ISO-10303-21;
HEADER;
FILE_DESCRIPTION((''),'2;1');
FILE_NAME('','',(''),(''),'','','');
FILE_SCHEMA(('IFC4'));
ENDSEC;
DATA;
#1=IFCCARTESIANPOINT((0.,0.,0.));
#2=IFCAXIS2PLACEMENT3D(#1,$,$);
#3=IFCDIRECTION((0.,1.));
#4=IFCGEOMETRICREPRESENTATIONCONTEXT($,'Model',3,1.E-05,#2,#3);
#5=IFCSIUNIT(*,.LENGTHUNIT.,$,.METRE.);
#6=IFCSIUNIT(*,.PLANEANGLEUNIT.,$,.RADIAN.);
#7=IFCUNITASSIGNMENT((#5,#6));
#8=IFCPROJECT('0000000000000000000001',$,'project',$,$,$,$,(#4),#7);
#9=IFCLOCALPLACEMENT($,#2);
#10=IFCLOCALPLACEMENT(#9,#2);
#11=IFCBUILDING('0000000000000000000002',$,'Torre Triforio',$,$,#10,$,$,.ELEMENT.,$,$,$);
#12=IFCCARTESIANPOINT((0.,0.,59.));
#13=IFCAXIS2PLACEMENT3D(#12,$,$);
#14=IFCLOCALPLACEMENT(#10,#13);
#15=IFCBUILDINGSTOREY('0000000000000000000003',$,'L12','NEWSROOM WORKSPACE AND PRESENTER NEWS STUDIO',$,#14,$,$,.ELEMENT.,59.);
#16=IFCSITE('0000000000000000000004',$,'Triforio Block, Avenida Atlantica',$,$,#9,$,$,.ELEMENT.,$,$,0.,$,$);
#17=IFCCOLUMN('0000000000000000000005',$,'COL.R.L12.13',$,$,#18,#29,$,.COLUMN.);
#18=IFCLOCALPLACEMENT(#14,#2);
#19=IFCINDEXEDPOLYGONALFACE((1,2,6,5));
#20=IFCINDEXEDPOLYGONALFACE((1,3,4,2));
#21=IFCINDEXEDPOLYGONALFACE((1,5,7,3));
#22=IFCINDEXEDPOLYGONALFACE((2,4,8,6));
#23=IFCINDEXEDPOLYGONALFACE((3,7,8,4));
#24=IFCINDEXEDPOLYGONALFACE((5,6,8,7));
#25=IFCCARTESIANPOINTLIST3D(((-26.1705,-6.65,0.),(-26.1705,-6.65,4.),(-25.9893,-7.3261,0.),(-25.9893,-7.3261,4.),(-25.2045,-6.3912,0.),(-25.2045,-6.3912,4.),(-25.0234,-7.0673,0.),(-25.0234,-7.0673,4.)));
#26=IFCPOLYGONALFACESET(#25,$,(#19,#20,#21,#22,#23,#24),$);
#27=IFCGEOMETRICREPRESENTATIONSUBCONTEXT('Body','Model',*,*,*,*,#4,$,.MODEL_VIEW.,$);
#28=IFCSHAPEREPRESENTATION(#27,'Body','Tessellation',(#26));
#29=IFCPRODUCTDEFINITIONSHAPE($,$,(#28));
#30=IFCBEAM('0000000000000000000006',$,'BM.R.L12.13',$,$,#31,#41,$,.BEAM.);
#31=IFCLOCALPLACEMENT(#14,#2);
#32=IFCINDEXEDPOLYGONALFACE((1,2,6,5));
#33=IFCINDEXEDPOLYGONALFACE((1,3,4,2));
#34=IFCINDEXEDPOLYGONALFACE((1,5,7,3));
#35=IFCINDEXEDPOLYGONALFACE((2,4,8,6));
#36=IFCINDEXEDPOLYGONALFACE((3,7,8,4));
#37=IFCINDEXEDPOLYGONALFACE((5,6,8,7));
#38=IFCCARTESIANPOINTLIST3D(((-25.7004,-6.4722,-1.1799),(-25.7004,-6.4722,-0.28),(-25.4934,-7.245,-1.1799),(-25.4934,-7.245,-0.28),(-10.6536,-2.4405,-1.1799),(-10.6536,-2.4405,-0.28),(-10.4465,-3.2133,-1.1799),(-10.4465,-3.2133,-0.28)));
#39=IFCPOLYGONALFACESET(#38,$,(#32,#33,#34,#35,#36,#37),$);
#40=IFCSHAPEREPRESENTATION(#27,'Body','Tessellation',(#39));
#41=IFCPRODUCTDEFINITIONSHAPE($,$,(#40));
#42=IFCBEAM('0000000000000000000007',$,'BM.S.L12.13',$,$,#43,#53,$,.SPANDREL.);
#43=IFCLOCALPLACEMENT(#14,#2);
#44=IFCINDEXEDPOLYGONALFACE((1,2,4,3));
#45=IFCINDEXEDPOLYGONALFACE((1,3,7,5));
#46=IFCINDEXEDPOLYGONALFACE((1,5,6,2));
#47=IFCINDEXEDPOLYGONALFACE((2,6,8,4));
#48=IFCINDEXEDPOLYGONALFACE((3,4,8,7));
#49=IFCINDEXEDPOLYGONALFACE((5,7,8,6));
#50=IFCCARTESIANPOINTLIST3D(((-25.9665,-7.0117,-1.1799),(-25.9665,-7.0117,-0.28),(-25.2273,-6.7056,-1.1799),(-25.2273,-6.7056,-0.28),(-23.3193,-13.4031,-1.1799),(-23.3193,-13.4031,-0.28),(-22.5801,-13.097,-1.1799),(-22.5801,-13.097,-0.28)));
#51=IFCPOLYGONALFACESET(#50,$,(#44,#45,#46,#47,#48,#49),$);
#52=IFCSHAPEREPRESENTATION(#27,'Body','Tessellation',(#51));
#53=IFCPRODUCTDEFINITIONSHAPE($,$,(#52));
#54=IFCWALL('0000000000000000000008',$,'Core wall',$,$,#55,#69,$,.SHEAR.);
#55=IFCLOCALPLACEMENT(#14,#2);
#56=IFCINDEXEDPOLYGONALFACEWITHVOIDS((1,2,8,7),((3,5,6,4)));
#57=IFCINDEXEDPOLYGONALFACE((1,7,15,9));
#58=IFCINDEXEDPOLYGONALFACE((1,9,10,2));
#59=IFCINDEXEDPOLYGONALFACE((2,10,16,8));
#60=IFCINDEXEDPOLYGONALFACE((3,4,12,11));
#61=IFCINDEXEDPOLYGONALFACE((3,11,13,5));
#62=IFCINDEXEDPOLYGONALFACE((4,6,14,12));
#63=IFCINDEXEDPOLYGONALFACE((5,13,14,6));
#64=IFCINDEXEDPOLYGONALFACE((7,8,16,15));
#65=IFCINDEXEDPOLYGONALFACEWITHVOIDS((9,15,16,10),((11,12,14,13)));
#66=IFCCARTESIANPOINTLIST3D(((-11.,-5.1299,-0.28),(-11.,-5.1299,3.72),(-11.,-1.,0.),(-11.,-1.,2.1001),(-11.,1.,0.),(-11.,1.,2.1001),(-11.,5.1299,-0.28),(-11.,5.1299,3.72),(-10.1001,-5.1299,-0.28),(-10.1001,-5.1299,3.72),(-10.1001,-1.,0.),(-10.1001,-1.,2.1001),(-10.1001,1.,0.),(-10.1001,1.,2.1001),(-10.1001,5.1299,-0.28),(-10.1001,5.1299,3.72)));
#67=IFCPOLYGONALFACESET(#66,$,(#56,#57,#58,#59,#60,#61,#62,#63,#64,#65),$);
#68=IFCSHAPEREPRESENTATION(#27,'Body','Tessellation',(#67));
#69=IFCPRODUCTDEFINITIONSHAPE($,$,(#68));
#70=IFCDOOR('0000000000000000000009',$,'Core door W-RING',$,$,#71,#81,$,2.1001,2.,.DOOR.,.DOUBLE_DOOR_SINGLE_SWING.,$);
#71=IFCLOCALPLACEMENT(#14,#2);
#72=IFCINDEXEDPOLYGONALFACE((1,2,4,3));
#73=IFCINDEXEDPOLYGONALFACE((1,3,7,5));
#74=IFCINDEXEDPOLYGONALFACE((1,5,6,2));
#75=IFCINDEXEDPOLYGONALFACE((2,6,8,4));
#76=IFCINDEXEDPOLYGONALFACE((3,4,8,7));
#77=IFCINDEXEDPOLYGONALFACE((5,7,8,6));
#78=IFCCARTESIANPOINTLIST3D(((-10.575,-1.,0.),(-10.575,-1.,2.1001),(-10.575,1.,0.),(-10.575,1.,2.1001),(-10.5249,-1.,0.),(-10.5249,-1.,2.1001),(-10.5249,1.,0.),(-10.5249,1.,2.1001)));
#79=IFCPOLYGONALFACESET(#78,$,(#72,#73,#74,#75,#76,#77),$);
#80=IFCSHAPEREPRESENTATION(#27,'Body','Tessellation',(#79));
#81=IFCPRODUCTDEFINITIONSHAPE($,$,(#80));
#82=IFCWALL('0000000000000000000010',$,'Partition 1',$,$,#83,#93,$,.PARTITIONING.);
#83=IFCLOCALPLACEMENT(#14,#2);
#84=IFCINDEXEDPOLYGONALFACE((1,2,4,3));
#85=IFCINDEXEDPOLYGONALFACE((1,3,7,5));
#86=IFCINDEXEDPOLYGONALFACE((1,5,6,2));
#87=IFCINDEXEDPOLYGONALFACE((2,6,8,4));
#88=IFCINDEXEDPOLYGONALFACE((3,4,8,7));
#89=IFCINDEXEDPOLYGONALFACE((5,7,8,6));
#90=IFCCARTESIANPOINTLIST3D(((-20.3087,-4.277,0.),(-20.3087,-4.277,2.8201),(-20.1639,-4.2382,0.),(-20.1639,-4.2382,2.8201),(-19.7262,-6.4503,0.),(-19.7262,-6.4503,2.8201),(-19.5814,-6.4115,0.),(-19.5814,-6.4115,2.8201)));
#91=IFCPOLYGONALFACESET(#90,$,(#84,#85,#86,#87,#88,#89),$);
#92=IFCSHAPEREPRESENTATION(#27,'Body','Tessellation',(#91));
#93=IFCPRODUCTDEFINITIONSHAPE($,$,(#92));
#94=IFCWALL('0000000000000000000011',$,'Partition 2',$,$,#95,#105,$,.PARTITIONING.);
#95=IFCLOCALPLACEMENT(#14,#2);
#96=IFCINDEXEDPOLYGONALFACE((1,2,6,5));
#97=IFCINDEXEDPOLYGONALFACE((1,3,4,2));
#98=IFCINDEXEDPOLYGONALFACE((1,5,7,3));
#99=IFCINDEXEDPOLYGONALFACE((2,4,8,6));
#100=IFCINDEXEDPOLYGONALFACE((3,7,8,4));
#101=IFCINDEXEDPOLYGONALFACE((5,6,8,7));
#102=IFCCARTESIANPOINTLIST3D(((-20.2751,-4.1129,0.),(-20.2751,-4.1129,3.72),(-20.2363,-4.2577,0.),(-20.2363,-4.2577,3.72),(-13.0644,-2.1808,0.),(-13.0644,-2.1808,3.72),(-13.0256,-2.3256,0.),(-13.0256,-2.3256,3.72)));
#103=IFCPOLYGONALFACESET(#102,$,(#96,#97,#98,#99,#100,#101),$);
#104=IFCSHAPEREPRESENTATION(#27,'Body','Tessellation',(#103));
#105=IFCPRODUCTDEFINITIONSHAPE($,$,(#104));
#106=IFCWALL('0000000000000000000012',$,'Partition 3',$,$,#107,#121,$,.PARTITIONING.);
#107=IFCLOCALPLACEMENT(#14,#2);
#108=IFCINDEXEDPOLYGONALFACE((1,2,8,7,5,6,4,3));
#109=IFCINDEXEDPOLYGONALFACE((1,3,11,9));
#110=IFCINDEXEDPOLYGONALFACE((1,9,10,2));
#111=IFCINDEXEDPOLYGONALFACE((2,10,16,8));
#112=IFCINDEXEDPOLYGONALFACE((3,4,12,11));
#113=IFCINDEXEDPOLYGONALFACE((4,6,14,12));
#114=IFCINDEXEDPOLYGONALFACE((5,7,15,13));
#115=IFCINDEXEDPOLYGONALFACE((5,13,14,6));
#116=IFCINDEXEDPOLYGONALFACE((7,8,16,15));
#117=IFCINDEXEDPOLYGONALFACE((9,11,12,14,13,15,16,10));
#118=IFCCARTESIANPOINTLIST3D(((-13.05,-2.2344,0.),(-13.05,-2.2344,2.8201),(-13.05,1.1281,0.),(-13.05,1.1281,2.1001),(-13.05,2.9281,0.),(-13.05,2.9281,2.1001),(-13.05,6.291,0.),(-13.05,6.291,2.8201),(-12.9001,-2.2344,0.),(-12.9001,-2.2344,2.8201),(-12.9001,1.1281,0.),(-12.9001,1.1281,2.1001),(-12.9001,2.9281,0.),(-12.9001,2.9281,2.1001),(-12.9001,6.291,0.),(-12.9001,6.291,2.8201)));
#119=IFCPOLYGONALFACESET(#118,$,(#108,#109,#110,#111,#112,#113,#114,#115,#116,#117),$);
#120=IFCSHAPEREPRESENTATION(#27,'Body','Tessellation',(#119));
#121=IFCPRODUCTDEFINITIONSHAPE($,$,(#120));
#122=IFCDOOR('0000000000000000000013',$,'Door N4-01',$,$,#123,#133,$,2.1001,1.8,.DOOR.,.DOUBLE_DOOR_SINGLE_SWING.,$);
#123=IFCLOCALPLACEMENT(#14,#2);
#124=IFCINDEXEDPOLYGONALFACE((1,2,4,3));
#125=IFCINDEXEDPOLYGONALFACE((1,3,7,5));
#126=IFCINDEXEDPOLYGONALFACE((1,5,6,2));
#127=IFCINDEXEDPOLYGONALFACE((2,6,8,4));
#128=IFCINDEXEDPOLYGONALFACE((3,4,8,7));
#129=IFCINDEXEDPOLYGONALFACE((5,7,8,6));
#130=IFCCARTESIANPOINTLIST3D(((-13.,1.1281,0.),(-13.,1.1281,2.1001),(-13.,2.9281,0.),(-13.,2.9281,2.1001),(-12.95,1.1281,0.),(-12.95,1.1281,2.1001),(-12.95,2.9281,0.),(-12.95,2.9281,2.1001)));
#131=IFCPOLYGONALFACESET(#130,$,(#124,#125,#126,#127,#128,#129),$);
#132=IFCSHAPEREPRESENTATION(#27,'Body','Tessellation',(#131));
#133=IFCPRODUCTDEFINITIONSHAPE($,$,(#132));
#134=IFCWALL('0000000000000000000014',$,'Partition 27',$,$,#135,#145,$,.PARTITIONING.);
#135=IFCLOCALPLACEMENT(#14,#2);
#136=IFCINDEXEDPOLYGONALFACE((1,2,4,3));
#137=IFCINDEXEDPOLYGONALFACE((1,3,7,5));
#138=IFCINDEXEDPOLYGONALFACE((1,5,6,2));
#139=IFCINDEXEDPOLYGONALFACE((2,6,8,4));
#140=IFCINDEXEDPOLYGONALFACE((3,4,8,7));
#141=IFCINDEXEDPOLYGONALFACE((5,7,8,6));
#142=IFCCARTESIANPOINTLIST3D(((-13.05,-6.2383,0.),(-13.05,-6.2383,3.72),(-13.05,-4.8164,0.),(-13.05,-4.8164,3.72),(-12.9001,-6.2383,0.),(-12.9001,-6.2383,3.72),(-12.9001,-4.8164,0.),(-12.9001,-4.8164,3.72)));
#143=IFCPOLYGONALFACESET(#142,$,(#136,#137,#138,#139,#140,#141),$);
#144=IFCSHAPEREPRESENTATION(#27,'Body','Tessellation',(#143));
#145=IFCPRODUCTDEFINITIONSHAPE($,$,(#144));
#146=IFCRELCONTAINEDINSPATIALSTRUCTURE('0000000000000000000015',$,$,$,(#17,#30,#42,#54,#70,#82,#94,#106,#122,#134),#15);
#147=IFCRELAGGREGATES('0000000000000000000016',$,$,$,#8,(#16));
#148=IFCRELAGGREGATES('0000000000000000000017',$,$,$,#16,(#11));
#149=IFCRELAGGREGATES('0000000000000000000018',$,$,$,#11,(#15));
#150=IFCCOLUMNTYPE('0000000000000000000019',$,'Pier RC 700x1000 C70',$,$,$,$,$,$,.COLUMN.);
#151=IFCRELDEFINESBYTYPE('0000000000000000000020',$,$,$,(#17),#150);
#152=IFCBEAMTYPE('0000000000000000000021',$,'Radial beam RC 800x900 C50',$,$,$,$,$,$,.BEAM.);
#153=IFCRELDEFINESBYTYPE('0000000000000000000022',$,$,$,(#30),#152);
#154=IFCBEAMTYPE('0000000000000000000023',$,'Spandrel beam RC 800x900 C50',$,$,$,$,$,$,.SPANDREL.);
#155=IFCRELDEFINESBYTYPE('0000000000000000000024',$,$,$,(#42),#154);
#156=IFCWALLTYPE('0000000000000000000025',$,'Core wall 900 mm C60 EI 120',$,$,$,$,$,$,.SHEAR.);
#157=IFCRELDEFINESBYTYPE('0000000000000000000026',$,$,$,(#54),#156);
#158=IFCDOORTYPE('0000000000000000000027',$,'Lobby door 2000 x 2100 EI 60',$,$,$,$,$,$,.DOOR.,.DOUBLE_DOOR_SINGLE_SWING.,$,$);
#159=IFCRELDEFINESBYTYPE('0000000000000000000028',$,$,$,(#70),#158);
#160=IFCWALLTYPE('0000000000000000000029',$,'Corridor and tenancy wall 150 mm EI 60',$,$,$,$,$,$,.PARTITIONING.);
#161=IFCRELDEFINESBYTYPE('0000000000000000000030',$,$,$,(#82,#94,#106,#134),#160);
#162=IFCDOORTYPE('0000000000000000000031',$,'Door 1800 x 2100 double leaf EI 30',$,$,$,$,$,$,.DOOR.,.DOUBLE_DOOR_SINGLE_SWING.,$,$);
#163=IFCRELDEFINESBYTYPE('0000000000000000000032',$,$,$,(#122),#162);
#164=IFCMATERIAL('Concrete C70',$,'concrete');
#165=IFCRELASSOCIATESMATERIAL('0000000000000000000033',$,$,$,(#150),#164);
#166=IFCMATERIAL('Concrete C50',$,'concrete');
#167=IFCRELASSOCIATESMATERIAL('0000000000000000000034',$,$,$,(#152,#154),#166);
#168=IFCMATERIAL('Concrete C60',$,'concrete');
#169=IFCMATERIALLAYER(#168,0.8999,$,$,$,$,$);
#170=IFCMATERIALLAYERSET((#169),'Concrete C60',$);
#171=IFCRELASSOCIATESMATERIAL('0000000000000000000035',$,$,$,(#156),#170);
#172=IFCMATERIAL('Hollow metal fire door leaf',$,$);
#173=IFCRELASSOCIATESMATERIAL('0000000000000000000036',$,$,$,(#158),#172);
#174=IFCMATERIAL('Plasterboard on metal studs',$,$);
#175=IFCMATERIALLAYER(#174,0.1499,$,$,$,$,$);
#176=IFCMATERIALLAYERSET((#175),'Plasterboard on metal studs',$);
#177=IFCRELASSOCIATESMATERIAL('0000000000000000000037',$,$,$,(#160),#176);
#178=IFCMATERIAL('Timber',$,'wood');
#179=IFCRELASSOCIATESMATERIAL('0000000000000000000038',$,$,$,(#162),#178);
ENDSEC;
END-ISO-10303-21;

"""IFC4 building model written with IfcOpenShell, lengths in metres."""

from ifc_helpers import new_model, si_unit, direction, frame, frame_2d, origin, origin_2d, place, context, subcontext, project, spatial, rectangle, extrude, material, layer, layer_set, material_profile, profile_set, type_object, element, fill, save


model = new_model("IFC4")

# Units and contexts
model_context = context("Model", 3, precision=1e-05, world=origin(), true_north=direction((0.0, 1.0)))
body_context = subcontext(model_context, "Body", "Model", "MODEL_VIEW")
ifc_project = project(units=[si_unit("LENGTHUNIT", "METRE"), si_unit("PLANEANGLEUNIT", "RADIAN")], contexts=[model_context])

# Site, building, storey
site_placement = place(None, origin())
site = spatial("IfcSite", under=ifc_project, at=site_placement, Name="Triforio Block, Avenida Atlantica", CompositionType="ELEMENT", RefElevation=0.0)
building_placement = place(site_placement, origin())
building = spatial("IfcBuilding", under=site, at=building_placement, Name="Torre Triforio", CompositionType="ELEMENT")
storey_placement = place(building_placement, frame((0.0, 0.0, 59.0)))
storey = spatial("IfcBuildingStorey", under=building, at=storey_placement, Name="L12", Description="NEWSROOM WORKSPACE AND PRESENTER NEWS STUDIO", CompositionType="ELEMENT", Elevation=59.0)

# Column
ifc_material_1 = material(Name="Concrete C70", Category="concrete")
ifc_material_profile_1 = material_profile(ifc_material_1, rectangle(XDim=0.7, YDim=1.0, at=origin_2d()), Name="RC 700x1000")
ifc_profile_set_1 = profile_set([ifc_material_profile_1], Name="Concrete C70")
column_type = type_object("IfcColumnType", Name="Pier RC 700x1000 C70", PredefinedType="COLUMN", material=ifc_profile_set_1)
column_placement = place(storey_placement, frame((-25.5969, -6.8586, 0.0), z_axis=(0.0, 0.0, 1.0), x_axis=(0.258819, -0.965926, 0.0)))
element("IfcColumn", 1, at=column_placement, inside=storey, type_object=column_type, Name="COL.R.L12.13", PredefinedType="COLUMN", context=body_context, shape_type="SweptSolid", body=[
    extrude(rectangle(XDim=0.7, YDim=1.0, at=origin_2d()), origin(), (0.0, 0.0, 1.0), 4.0),
])

# Beams
ifc_material_2 = material(Name="Concrete C50", Category="concrete")
ifc_material_profile_2 = material_profile(ifc_material_2, rectangle(XDim=0.8, YDim=0.8999, at=origin_2d()), Name="RC 800x900")
ifc_profile_set_2 = profile_set([ifc_material_profile_2], Name="Concrete C50")
beam_type_1 = type_object("IfcBeamType", Name="Radial beam RC 800x900 C50", PredefinedType="BEAM", material=ifc_profile_set_2)
beam_1_placement = place(storey_placement, frame((-10.55, -2.8269, -0.73), z_axis=(-0.965927, -0.258815, 0.0), x_axis=(0.258815, -0.965927, 0.0)))
element("IfcBeam", 2, at=beam_1_placement, inside=storey, type_object=beam_type_1, Name="BM.R.L12.13", PredefinedType="BEAM", context=body_context, shape_type="SweptSolid", body=[
    extrude(rectangle(XDim=0.8, YDim=0.8999, at=origin_2d()), origin(), (0.0, 0.0, 1.0), 15.5776),
])
ifc_material_profile_3 = material_profile(ifc_material_2, rectangle(XDim=0.8, YDim=0.8999, at=origin_2d()), Name="RC 800x900")
ifc_profile_set_3 = profile_set([ifc_material_profile_3], Name="Concrete C50")
beam_type_2 = type_object("IfcBeamType", Name="Spandrel beam RC 800x900 C50", PredefinedType="SPANDREL", material=ifc_profile_set_3)
beam_2_placement = place(storey_placement, frame((-25.5969, -6.8586, -0.73), z_axis=(0.382662, -0.923888, 0.0), x_axis=(0.923888, 0.382662, 0.0)))
element("IfcBeam", 3, at=beam_2_placement, inside=storey, type_object=beam_type_2, Name="BM.S.L12.13", PredefinedType="SPANDREL", context=body_context, shape_type="SweptSolid", body=[
    extrude(rectangle(XDim=0.8, YDim=0.8999, at=origin_2d()), origin(), (0.0, 0.0, 1.0), 6.918),
])

# Wall, opening, door
ifc_material_3 = material(Name="Concrete C60", Category="concrete")
ifc_layer_1 = layer(ifc_material_3, 0.8999)
ifc_layer_set_1 = layer_set([ifc_layer_1], Name="Concrete C60")
wall_type_1 = type_object("IfcWallType", Name="Core wall 900 mm C60 EI 120", PredefinedType="SHEAR", material=ifc_layer_set_1)
wall_1_placement = place(storey_placement, frame((-10.55, -5.1299, -0.28), z_axis=(0.0, 0.0, 1.0), x_axis=(0.0, 1.0, 0.0)))
wall_1 = element("IfcWall", 4, at=wall_1_placement, inside=storey, type_object=wall_type_1, Name="Core wall", PredefinedType="SHEAR", context=body_context, shape_type="SweptSolid", body=[
    extrude(rectangle(XDim=10.2598, YDim=0.8999, at=frame_2d((5.1299, 0.0))), origin(), (0.0, 0.0, 1.0), 4.0),
])
opening_1_placement = place(wall_1_placement, frame((4.1299, 0.0, 0.28)))
opening_1 = element("IfcOpeningElement", 5, at=opening_1_placement, cuts=wall_1, PredefinedType="OPENING", context=body_context, shape_type="SweptSolid", body=[
    extrude(rectangle(XDim=2.0, YDim=2.1001, at=frame_2d((1.0, 1.05))), frame((0.0, 0.46, 0.0), z_axis=(0.0, -1.0, 0.0), x_axis=(1.0, 0.0, 0.0)), (0.0, 0.0, 1.0), 0.9199),
])
ifc_material_4 = material(Name="Hollow metal fire door leaf")
door_type_1 = type_object("IfcDoorType", Name="Lobby door 2000 x 2100 EI 60", OperationType="DOUBLE_DOOR_SINGLE_SWING", PredefinedType="DOOR", material=ifc_material_4)
door_1_placement = place(opening_1_placement, origin())
door_1 = element("IfcDoor", 6, at=door_1_placement, inside=storey, type_object=door_type_1, Name="Core door W-RING", OperationType="DOUBLE_DOOR_SINGLE_SWING", OverallHeight=2.1001, OverallWidth=2.0, PredefinedType="DOOR", context=body_context, shape_type="SweptSolid", body=[
    extrude(rectangle(XDim=2.0, YDim=2.1001, at=frame_2d((1.0, 1.05))), frame((0.0, 0.0249, 0.0), z_axis=(0.0, -1.0, 0.0), x_axis=(1.0, 0.0, 0.0)), (0.0, 0.0, 1.0), 0.05),
])
fill(opening_1, door_1)

# Walls
ifc_material_5 = material(Name="Plasterboard on metal studs")
ifc_layer_2 = layer(ifc_material_5, 0.1499)
ifc_layer_set_2 = layer_set([ifc_layer_2], Name="Plasterboard on metal studs")
wall_type_2 = type_object("IfcWallType", Name="Corridor and tenancy wall 150 mm EI 60", PredefinedType="PARTITIONING", material=ifc_layer_set_2)
wall_2_placement = place(storey_placement, frame((-19.6538, -6.4309, 0.0), z_axis=(0.0, 0.0, 1.0), x_axis=(-0.258892, 0.965906, 0.0)))
element("IfcWall", 7, at=wall_2_placement, inside=storey, type_object=wall_type_2, Name="Partition 1", PredefinedType="PARTITIONING", context=body_context, shape_type="SweptSolid", body=[
    extrude(rectangle(XDim=2.25, YDim=0.1499, at=frame_2d((1.125, 0.0))), origin(), (0.0, 0.0, 1.0), 2.8201),
])
wall_3_placement = place(storey_placement, frame((-20.2556, -4.1853, 0.0), z_axis=(0.0, 0.0, 1.0), x_axis=(0.965925, 0.258823, 0.0)))
element("IfcWall", 8, at=wall_3_placement, inside=storey, type_object=wall_type_2, Name="Partition 2", PredefinedType="PARTITIONING", context=body_context, shape_type="SweptSolid", body=[
    extrude(rectangle(XDim=7.4651, YDim=0.1499, at=frame_2d((3.7324, 0.0))), origin(), (0.0, 0.0, 1.0), 3.72),
])

# Wall, opening, door
wall_4_placement = place(storey_placement, frame((-12.9751, -2.2344, 0.0), z_axis=(0.0, 0.0, 1.0), x_axis=(0.0, 1.0, 0.0)))
wall_4 = element("IfcWall", 9, at=wall_4_placement, inside=storey, type_object=wall_type_2, Name="Partition 3", PredefinedType="PARTITIONING", context=body_context, shape_type="SweptSolid", body=[
    extrude(rectangle(XDim=8.5254, YDim=0.1499, at=frame_2d((4.2627, 0.0))), origin(), (0.0, 0.0, 1.0), 2.8201),
])
opening_2_placement = place(wall_4_placement, frame((3.3625, 0.0, 0.0)))
opening_2 = element("IfcOpeningElement", 10, at=opening_2_placement, cuts=wall_4, PredefinedType="OPENING", context=body_context, shape_type="SweptSolid", body=[
    extrude(rectangle(XDim=1.8, YDim=2.1001, at=frame_2d((0.8999, 1.05))), frame((0.0, 0.085, 0.0), z_axis=(0.0, -1.0, 0.0), x_axis=(1.0, 0.0, 0.0)), (0.0, 0.0, 1.0), 0.1699),
])
ifc_material_6 = material(Name="Timber", Category="wood")
door_type_2 = type_object("IfcDoorType", Name="Door 1800 x 2100 double leaf EI 30", OperationType="DOUBLE_DOOR_SINGLE_SWING", PredefinedType="DOOR", material=ifc_material_6)
door_2_placement = place(opening_2_placement, origin())
door_2 = element("IfcDoor", 11, at=door_2_placement, inside=storey, type_object=door_type_2, Name="Door N4-01", OperationType="DOUBLE_DOOR_SINGLE_SWING", OverallHeight=2.1001, OverallWidth=1.8, PredefinedType="DOOR", context=body_context, shape_type="SweptSolid", body=[
    extrude(rectangle(XDim=1.8, YDim=2.1001, at=frame_2d((0.8999, 1.05))), frame((0.0, 0.0249, 0.0), z_axis=(0.0, -1.0, 0.0), x_axis=(1.0, 0.0, 0.0)), (0.0, 0.0, 1.0), 0.05),
])
fill(opening_2, door_2)

# Wall
wall_5_placement = place(storey_placement, frame((-12.9751, -6.2383, 0.0), z_axis=(0.0, 0.0, 1.0), x_axis=(0.0, 1.0, 0.0)))
element("IfcWall", 12, at=wall_5_placement, inside=storey, type_object=wall_type_2, Name="Partition 27", PredefinedType="PARTITIONING", context=body_context, shape_type="SweptSolid", body=[
    extrude(rectangle(XDim=1.4219, YDim=0.1499, at=frame_2d((0.7109, 0.0))), origin(), (0.0, 0.0, 1.0), 3.72),
])

save(model, "model.ifc")
